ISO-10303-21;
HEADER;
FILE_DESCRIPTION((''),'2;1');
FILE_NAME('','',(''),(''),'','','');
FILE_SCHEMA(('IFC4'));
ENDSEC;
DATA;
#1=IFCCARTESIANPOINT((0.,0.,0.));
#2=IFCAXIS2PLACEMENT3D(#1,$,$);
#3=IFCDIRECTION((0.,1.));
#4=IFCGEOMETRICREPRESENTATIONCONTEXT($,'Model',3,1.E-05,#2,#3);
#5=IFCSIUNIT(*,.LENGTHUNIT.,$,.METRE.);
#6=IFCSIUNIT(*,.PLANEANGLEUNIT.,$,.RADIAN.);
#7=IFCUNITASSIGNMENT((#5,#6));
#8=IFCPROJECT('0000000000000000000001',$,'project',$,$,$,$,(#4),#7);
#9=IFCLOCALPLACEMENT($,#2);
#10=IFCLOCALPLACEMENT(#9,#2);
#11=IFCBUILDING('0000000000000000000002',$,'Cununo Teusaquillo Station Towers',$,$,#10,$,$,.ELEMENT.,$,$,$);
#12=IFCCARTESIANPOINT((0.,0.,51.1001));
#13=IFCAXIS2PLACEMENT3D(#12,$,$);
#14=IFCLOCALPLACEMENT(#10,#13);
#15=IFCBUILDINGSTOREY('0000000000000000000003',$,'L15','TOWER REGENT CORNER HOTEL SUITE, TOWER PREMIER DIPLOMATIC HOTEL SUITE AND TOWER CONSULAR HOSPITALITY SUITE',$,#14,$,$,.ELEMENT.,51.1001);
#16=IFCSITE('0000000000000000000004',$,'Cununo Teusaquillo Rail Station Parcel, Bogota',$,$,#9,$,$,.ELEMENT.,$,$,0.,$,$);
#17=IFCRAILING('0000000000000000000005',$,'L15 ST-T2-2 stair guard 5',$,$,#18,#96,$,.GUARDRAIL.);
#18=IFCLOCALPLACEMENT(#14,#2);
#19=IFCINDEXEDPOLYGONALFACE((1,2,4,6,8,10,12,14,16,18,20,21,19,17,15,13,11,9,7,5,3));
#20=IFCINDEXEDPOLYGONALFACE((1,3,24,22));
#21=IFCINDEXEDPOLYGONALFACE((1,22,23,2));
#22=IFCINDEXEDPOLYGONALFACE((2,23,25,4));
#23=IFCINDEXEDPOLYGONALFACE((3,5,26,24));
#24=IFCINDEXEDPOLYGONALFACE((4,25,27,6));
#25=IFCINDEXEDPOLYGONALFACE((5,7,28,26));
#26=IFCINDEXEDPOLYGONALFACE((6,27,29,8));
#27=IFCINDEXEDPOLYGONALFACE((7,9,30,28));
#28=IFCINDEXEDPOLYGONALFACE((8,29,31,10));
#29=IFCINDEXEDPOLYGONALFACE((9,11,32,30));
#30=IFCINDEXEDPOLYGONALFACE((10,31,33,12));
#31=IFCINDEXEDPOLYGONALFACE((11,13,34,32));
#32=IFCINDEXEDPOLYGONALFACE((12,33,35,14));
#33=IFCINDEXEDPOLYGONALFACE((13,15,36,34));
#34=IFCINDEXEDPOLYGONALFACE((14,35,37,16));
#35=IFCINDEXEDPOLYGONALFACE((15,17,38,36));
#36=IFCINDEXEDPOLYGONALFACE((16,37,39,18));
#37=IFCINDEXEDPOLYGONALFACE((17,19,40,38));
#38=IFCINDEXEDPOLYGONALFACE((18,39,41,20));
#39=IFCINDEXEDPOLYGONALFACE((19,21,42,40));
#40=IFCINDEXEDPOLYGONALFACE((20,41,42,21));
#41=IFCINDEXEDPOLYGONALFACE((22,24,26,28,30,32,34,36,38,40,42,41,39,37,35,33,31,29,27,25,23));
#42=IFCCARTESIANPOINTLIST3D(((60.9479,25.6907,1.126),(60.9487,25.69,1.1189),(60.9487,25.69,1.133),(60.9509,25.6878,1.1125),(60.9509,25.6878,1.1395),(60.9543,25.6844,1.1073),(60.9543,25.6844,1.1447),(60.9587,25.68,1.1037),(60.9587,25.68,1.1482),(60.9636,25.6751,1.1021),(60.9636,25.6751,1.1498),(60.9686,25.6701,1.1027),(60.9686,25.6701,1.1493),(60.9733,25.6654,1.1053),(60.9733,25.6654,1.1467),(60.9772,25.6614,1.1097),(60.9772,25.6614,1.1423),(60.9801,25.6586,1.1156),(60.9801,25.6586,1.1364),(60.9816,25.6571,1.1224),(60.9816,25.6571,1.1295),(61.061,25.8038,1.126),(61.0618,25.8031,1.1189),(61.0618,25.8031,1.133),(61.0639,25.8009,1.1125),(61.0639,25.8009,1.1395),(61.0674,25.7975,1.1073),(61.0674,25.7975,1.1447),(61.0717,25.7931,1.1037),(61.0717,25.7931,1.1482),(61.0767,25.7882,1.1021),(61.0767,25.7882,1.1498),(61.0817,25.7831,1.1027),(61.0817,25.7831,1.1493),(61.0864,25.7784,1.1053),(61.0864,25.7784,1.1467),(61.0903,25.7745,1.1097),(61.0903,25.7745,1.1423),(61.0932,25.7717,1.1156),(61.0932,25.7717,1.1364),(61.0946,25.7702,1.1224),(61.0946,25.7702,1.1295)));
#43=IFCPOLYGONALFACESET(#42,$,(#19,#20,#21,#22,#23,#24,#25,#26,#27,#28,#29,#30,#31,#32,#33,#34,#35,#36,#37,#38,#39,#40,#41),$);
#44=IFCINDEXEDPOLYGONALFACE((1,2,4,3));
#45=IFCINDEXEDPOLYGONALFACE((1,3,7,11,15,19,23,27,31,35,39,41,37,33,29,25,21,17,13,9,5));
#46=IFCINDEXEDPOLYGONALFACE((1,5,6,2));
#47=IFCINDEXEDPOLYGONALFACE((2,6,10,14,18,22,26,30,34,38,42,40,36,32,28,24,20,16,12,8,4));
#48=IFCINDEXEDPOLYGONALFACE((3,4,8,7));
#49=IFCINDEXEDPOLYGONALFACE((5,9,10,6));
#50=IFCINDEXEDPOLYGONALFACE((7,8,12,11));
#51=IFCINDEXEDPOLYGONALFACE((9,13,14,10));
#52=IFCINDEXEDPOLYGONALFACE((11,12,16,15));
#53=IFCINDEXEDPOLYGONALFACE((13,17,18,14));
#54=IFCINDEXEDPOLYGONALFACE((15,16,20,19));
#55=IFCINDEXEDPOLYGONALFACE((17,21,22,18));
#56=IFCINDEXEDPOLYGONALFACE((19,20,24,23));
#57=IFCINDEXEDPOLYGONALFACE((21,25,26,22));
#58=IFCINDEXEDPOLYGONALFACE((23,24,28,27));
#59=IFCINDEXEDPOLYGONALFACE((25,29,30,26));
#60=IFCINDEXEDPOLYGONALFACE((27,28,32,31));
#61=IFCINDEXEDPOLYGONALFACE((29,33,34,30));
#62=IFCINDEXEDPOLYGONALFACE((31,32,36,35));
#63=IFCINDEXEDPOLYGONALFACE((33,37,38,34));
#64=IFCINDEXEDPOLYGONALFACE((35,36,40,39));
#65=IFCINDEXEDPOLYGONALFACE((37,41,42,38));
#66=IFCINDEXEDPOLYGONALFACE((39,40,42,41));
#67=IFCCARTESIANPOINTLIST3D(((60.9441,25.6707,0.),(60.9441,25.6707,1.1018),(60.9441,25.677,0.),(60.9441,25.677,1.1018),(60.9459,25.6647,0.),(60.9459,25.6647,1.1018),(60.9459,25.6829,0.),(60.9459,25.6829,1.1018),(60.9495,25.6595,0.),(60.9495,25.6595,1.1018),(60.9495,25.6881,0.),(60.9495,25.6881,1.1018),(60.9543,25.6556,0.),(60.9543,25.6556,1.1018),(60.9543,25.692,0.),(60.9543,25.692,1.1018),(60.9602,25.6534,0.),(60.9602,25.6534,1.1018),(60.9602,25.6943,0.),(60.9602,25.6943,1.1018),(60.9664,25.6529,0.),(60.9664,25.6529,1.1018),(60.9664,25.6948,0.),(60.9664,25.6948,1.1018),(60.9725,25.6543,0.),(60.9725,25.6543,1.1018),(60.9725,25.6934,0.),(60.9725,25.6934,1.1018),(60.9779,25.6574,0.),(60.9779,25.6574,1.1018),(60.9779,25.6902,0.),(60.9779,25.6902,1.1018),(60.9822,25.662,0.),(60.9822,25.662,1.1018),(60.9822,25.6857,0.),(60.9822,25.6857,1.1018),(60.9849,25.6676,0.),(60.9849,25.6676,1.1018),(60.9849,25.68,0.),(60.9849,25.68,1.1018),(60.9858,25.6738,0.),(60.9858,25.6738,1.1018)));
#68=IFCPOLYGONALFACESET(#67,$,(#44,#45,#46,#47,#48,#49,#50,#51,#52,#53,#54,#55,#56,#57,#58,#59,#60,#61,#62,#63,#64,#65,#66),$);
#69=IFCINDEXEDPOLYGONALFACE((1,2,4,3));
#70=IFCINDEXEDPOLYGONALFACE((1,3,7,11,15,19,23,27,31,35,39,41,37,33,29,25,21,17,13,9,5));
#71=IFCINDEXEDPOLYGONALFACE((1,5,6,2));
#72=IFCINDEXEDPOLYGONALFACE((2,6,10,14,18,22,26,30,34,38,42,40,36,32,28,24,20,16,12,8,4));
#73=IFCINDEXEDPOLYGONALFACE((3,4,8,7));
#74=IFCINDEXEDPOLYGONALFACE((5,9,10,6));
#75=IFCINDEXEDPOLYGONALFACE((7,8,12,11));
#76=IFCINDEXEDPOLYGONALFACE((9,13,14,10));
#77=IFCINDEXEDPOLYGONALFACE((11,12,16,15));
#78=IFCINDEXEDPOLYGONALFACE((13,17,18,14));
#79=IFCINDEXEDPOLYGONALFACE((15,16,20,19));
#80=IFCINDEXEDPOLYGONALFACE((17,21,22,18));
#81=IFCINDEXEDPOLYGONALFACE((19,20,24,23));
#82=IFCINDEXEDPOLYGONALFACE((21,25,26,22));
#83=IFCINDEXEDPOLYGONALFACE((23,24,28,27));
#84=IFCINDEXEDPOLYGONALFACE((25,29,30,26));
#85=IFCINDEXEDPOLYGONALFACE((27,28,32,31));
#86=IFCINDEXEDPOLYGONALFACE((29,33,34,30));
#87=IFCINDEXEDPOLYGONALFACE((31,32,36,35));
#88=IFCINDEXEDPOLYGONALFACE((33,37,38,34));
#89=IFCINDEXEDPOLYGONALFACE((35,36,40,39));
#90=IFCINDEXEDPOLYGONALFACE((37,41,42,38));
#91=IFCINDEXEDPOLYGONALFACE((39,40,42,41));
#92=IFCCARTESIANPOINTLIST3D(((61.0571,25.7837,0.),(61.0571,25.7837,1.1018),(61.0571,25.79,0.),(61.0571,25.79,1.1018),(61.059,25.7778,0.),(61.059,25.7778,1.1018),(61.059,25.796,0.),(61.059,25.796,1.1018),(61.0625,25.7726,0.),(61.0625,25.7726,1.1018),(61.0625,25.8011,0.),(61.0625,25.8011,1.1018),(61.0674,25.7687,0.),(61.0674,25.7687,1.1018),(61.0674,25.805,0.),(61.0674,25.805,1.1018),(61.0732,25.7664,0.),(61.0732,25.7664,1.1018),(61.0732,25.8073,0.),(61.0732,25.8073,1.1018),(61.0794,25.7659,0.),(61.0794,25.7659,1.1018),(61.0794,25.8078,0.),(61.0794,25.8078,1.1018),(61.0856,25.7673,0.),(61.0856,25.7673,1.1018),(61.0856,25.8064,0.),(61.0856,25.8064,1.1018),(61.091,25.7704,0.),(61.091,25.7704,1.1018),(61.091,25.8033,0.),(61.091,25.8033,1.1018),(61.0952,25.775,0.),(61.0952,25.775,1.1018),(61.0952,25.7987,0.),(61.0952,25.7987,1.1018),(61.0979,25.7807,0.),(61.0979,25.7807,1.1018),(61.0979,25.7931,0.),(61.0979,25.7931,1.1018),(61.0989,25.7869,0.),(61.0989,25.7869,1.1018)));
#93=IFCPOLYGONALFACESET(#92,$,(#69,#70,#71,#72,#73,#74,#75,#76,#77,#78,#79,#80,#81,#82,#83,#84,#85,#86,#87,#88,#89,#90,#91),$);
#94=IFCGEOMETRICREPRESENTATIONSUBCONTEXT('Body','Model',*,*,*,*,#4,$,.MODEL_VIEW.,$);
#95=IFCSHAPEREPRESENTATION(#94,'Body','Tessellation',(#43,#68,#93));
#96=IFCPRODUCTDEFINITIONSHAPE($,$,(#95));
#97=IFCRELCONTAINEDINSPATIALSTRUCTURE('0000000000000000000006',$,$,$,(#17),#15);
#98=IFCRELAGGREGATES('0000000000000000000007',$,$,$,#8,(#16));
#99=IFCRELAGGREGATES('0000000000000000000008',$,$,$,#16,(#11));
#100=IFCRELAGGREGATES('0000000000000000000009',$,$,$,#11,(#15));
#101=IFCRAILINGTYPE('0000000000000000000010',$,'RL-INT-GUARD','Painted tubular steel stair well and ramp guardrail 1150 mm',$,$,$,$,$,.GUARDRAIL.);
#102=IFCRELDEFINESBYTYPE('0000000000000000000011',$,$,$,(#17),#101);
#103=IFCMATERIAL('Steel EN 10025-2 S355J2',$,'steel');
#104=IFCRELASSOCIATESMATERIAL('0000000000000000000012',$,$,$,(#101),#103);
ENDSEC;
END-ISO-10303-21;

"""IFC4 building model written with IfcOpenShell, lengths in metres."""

from ifc_helpers import new_model, si_unit, direction, frame, origin, origin_2d, place, context, subcontext, project, spatial, circle, extrude, material, type_object, element, save


model = new_model("IFC4")

# Units and contexts
model_context = context("Model", 3, precision=1e-05, world=origin(), true_north=direction((0.0, 1.0)))
body_context = subcontext(model_context, "Body", "Model", "MODEL_VIEW")
ifc_project = project(units=[si_unit("LENGTHUNIT", "METRE"), si_unit("PLANEANGLEUNIT", "RADIAN")], contexts=[model_context])

# Site, building, storey
site_placement = place(None, origin())
site = spatial("IfcSite", under=ifc_project, at=site_placement, Name="Cununo Teusaquillo Rail Station Parcel, Bogota", CompositionType="ELEMENT", RefElevation=0.0)
building_placement = place(site_placement, origin())
building = spatial("IfcBuilding", under=site, at=building_placement, Name="Cununo Teusaquillo Station Towers", CompositionType="ELEMENT")
storey_placement = place(building_placement, frame((0.0, 0.0, 51.1001)))
storey = spatial("IfcBuildingStorey", under=building, at=storey_placement, Name="L15", Description="TOWER REGENT CORNER HOTEL SUITE, TOWER PREMIER DIPLOMATIC HOTEL SUITE AND TOWER CONSULAR HOSPITALITY SUITE", CompositionType="ELEMENT", Elevation=51.1001)

# Railing
ifc_material_1 = material(Name="Steel EN 10025-2 S355J2", Category="steel")
railing_type_1 = type_object("IfcRailingType", Name="RL-INT-GUARD", Description="Painted tubular steel stair well and ramp guardrail 1150 mm", PredefinedType="GUARDRAIL", material=ifc_material_1)
railing_1_placement = place(storey_placement, frame((60.9648, 25.6738, 0.0)))
element("IfcRailing", 1, at=railing_1_placement, inside=storey, type_object=railing_type_1, Name="L15 ST-T2-2 stair guard 5", PredefinedType="GUARDRAIL", context=body_context, shape_type="SweptSolid", body=[
    extrude(circle(Radius=0.0239, at=origin_2d()), frame((0.0, 0.0, 1.126), z_axis=(0.707107, 0.707107, 0.0), x_axis=(-0.707107, 0.707107, 0.0)), (0.0, 0.0, 1.0), 0.1599),
    extrude(circle(Radius=0.021, at=origin_2d()), origin(), (0.0, 0.0, 1.0), 1.1018),
    extrude(circle(Radius=0.021, at=origin_2d()), frame((0.113, 0.113, 0.0)), (0.0, 0.0, 1.0), 1.1018),
])

save(model, "model.ifc")
